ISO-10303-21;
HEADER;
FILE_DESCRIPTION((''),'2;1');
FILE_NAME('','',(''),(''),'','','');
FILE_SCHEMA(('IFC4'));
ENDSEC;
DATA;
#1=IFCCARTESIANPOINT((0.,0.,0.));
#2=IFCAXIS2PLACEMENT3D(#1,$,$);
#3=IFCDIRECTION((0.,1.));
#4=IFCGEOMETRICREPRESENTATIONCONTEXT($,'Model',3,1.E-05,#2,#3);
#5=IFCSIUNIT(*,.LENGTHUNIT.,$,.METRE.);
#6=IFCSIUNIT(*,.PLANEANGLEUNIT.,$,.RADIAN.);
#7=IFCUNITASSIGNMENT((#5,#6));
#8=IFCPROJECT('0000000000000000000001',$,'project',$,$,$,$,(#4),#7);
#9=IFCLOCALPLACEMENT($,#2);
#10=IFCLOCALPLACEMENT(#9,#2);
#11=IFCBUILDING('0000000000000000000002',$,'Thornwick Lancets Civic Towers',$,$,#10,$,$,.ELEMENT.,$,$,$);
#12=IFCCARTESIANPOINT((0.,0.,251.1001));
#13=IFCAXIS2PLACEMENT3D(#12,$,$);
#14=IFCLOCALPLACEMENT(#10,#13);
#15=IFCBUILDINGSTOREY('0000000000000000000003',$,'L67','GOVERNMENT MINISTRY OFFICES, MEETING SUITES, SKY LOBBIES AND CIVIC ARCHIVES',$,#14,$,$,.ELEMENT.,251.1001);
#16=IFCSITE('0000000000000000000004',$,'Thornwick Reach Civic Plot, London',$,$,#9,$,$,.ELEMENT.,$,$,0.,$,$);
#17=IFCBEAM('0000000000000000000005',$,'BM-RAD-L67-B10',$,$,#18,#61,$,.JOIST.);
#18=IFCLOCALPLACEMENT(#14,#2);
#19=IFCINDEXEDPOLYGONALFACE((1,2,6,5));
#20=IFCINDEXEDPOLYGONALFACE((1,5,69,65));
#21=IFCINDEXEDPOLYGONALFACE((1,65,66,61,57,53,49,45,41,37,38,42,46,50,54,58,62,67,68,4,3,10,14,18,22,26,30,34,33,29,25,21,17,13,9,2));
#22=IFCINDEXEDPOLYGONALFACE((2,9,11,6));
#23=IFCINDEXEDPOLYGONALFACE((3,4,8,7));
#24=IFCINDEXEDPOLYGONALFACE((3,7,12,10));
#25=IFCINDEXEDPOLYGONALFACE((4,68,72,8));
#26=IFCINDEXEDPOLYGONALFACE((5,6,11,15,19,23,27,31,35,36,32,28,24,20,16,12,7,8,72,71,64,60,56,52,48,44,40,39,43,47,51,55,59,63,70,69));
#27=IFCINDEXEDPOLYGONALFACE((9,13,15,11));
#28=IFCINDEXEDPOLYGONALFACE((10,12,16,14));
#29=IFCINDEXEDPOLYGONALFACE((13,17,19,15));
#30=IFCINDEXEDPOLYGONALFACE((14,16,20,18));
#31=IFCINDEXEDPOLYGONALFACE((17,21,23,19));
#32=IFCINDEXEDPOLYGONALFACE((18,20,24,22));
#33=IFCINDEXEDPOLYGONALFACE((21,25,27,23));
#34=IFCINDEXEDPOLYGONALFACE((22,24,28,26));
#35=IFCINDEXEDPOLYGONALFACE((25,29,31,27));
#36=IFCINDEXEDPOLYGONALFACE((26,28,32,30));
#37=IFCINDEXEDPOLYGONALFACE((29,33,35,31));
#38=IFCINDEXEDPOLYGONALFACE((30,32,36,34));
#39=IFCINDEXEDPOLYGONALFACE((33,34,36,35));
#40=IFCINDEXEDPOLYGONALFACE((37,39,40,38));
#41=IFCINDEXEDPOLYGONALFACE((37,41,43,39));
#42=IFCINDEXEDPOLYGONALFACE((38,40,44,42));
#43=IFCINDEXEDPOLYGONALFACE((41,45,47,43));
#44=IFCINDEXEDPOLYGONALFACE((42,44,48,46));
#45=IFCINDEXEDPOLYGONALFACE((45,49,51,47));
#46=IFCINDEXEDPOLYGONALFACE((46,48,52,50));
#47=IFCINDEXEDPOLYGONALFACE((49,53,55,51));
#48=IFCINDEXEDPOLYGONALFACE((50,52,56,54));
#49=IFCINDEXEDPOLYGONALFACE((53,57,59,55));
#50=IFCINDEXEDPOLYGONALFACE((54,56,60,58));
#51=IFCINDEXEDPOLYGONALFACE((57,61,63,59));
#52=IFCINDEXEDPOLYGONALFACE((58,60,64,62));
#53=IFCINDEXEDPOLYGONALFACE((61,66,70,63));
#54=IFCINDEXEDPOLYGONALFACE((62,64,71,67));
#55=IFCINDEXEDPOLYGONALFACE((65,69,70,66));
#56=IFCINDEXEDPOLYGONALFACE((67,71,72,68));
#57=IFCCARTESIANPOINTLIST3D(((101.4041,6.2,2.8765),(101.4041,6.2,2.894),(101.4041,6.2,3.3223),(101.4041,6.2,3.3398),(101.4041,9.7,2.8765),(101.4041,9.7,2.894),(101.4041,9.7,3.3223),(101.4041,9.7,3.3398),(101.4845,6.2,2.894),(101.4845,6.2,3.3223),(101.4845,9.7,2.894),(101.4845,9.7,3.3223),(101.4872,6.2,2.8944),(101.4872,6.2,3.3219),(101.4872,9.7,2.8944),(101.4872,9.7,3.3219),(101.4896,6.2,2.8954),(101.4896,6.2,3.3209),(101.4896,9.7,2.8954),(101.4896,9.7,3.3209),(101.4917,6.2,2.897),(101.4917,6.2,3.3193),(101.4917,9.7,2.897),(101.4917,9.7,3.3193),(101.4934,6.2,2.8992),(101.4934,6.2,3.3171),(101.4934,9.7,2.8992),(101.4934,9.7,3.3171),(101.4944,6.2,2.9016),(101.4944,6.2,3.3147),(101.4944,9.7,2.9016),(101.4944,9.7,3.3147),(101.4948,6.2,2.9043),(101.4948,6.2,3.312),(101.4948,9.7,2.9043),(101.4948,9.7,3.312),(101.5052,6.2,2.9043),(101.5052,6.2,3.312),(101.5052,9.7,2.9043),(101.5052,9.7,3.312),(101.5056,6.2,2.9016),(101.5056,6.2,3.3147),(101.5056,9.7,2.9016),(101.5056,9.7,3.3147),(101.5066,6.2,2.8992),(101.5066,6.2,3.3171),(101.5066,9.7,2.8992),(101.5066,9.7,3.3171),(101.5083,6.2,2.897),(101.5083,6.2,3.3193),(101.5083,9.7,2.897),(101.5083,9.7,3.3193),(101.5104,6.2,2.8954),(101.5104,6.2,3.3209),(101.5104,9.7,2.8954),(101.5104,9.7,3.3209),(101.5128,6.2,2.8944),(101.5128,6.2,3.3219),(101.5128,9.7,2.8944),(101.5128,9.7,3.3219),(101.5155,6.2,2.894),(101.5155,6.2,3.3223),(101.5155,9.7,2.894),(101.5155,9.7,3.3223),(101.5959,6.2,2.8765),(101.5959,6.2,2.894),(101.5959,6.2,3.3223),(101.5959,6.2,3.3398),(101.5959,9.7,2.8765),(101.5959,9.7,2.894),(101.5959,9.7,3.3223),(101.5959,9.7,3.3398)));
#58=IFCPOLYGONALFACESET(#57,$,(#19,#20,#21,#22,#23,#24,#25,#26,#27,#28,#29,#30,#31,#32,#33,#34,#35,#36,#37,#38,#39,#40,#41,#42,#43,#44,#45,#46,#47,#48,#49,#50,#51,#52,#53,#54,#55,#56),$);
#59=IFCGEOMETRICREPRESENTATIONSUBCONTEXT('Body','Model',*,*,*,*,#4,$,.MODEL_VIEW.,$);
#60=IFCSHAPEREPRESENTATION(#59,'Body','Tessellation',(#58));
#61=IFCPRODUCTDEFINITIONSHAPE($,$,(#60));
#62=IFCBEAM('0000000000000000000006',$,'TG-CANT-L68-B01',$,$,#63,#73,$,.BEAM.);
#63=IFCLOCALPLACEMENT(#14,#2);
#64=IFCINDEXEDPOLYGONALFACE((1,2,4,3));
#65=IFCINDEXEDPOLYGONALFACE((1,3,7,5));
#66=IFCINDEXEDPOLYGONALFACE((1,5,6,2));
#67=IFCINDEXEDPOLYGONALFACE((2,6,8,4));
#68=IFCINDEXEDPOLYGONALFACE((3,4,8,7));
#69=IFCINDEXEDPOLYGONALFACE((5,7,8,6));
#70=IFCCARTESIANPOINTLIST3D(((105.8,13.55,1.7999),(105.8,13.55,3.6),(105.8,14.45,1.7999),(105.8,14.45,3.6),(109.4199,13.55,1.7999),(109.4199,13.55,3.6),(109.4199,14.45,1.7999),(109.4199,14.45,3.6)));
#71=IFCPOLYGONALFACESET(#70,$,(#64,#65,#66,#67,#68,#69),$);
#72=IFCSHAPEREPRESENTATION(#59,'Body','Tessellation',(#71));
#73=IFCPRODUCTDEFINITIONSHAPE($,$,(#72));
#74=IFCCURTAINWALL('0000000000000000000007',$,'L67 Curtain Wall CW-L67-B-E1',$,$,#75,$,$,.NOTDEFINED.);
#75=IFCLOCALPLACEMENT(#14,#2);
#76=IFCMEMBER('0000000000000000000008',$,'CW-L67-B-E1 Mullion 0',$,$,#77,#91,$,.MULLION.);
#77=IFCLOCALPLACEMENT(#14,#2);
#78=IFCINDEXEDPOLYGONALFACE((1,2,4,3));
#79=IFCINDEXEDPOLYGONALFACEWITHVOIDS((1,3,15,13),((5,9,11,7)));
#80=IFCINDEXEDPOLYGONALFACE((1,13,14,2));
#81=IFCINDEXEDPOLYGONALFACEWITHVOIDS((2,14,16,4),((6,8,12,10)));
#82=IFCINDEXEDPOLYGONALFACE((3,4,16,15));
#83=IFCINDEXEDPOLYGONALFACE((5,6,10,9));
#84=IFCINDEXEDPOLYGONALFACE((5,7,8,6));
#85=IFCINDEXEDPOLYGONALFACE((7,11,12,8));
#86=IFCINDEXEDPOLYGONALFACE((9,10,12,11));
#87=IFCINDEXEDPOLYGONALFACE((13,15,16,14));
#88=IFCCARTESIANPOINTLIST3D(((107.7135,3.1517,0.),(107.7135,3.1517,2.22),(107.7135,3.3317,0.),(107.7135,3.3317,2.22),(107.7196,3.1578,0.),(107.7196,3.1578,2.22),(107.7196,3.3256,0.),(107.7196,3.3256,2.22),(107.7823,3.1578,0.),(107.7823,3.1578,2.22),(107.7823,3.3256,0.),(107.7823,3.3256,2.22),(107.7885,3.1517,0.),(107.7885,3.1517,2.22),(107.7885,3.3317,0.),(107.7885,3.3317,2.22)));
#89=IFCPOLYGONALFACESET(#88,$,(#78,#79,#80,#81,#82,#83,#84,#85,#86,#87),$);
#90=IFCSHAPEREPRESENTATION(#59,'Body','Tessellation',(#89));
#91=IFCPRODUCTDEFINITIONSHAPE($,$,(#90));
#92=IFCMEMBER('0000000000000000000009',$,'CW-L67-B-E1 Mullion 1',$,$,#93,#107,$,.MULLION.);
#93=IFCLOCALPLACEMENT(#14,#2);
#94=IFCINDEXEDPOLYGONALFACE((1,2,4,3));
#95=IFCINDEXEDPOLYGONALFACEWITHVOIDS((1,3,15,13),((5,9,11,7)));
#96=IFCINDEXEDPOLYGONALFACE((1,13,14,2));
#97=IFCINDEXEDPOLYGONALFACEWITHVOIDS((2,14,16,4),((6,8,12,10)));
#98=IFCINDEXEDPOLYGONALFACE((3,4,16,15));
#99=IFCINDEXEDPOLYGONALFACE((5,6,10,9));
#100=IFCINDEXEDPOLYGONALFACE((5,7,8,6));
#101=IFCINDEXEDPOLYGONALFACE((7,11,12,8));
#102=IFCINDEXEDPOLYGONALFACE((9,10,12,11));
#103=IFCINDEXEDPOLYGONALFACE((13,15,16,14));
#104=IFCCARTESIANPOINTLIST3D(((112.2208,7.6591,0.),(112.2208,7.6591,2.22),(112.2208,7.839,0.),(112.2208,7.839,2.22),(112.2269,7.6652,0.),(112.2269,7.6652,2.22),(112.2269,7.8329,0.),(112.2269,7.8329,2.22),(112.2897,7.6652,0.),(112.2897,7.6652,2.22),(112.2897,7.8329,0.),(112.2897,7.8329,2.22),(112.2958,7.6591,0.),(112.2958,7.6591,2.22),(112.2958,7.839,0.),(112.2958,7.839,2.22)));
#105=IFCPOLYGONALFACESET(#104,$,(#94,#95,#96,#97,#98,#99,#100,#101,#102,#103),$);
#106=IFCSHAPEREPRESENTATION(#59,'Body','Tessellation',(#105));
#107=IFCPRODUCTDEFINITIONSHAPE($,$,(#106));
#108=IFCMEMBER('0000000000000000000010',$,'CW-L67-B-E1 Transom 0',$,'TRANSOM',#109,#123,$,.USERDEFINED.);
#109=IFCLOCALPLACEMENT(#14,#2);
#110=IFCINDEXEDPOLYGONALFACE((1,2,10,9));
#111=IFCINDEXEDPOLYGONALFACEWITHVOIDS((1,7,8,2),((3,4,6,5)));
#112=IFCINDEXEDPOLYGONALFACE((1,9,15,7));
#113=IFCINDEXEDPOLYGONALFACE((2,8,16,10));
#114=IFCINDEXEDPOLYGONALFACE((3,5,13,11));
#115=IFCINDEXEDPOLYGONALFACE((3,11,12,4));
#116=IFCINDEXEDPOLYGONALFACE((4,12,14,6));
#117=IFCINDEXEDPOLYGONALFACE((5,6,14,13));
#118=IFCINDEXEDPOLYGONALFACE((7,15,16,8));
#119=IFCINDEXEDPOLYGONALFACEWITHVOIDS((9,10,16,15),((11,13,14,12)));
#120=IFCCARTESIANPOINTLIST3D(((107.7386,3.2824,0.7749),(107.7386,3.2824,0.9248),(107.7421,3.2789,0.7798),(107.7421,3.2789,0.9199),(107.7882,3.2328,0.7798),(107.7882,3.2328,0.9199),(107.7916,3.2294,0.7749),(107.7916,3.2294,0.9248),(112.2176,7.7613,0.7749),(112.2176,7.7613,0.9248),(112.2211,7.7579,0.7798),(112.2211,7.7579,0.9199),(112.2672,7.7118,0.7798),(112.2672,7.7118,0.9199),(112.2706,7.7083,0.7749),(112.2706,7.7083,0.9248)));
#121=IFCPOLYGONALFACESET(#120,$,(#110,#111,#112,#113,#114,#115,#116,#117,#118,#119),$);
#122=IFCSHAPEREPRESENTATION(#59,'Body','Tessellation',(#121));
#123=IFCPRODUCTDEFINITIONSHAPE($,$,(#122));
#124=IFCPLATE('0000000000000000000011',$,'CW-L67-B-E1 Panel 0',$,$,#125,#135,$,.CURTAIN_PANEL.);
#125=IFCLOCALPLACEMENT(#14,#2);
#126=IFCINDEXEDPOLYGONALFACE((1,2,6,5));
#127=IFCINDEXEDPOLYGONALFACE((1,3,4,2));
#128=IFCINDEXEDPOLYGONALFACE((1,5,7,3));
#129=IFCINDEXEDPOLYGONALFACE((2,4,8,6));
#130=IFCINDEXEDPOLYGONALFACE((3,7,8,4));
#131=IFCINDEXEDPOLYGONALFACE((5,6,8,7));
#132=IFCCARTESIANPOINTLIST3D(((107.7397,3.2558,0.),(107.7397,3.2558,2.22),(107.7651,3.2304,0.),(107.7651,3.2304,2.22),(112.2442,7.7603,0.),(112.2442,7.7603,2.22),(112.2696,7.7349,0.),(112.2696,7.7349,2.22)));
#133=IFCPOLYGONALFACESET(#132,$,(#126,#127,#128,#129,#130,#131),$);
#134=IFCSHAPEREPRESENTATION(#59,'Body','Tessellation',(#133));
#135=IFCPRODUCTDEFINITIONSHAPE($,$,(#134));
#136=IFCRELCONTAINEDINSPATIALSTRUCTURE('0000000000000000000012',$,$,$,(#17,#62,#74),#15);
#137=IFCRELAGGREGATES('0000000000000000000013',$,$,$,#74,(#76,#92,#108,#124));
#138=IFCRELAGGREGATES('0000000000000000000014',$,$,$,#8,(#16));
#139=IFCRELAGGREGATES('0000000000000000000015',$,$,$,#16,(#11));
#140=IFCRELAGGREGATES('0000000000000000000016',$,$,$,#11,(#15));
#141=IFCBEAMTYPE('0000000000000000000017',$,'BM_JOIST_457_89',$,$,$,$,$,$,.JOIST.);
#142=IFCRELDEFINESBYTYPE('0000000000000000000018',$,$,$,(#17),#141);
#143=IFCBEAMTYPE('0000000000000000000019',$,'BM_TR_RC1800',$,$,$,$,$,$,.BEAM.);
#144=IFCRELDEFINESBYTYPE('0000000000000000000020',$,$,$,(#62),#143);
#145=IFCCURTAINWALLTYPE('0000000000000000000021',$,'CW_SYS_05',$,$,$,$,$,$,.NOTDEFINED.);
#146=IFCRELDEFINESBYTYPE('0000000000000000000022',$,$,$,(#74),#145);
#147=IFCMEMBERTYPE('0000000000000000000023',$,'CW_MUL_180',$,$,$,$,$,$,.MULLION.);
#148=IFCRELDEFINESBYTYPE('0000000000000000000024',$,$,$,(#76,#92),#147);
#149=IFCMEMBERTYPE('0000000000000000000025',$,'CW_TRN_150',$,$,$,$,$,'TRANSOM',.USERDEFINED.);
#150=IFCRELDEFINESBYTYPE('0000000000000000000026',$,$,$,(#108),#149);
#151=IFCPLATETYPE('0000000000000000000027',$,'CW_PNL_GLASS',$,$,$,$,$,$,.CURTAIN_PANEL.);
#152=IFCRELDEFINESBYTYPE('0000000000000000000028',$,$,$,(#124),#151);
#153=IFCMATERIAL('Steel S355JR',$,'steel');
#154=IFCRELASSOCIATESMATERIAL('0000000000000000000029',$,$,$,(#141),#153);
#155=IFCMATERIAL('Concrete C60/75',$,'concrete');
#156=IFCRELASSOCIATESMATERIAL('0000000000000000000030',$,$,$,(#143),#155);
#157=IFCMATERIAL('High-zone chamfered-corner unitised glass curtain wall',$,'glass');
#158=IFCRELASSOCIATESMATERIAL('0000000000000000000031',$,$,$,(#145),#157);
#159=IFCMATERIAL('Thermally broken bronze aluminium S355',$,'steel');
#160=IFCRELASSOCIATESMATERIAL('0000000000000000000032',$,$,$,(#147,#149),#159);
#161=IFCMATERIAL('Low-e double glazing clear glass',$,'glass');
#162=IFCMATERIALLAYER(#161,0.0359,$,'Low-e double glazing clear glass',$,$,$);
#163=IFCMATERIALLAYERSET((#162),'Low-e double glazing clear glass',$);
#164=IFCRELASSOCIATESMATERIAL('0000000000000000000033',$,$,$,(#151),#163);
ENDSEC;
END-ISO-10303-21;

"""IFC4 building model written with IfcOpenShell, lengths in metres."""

from ifc_helpers import new_model, si_unit, direction, frame, origin, origin_2d, place, context, subcontext, project, spatial, rectangle, hollow_rectangle, i_section, extrude, material, layer, layer_set, material_profile, profile_set, type_object, element, aggregate, save


model = new_model("IFC4")

# Units and contexts
model_context = context("Model", 3, precision=1e-05, world=origin(), true_north=direction((0.0, 1.0)))
body_context = subcontext(model_context, "Body", "Model", "MODEL_VIEW")
ifc_project = project(units=[si_unit("LENGTHUNIT", "METRE"), si_unit("PLANEANGLEUNIT", "RADIAN")], contexts=[model_context])

# Site, building, storey
site_placement = place(None, origin())
site = spatial("IfcSite", under=ifc_project, at=site_placement, Name="Thornwick Reach Civic Plot, London", CompositionType="ELEMENT", RefElevation=0.0)
building_placement = place(site_placement, origin())
building = spatial("IfcBuilding", under=site, at=building_placement, Name="Thornwick Lancets Civic Towers", CompositionType="ELEMENT")
storey_placement = place(building_placement, frame((0.0, 0.0, 251.1001)))
storey = spatial("IfcBuildingStorey", under=building, at=storey_placement, Name="L67", Description="GOVERNMENT MINISTRY OFFICES, MEETING SUITES, SKY LOBBIES AND CIVIC ARCHIVES", CompositionType="ELEMENT", Elevation=251.1001)

# Shared definitions
ifc_material_1 = material(Name="Steel S355JR", Category="steel")

# Beams
ifc_material_profile_1 = material_profile(ifc_material_1, i_section(OverallWidth=0.1919, OverallDepth=0.4634, WebThickness=0.0105, FlangeThickness=0.0176, FilletRadius=0.0103, at=origin_2d()), Name="UKB 457x191x89")
ifc_profile_set_1 = profile_set([ifc_material_profile_1], Name="Steel S355JR")
beam_type_1 = type_object("IfcBeamType", Name="BM_JOIST_457_89", PredefinedType="JOIST", material=ifc_profile_set_1)
beam_1_placement = place(storey_placement, frame((101.5, 9.7, 3.1082), z_axis=(0.0, -1.0, 0.0), x_axis=(1.0, 0.0, 0.0)))
element("IfcBeam", 1, at=beam_1_placement, inside=storey, type_object=beam_type_1, Name="BM-RAD-L67-B10", PredefinedType="JOIST", context=body_context, shape_type="SweptSolid", body=[
    extrude(i_section(OverallWidth=0.1919, OverallDepth=0.4634, WebThickness=0.0105, FlangeThickness=0.0176, FilletRadius=0.0103, at=origin_2d()), origin(), (0.0, 0.0, 1.0), 3.5),
])
ifc_material_2 = material(Name="Concrete C60/75", Category="concrete")
ifc_material_profile_2 = material_profile(ifc_material_2, rectangle(XDim=0.8999, YDim=1.8, at=origin_2d()), Name="RC 900x1800")
ifc_profile_set_2 = profile_set([ifc_material_profile_2], Name="Concrete C60/75")
beam_type_2 = type_object("IfcBeamType", Name="BM_TR_RC1800", PredefinedType="BEAM", material=ifc_profile_set_2)
beam_2_placement = place(storey_placement, frame((105.8, 14.0, 2.7), z_axis=(1.0, 0.0, 0.0), x_axis=(0.0, 1.0, 0.0)))
element("IfcBeam", 2, at=beam_2_placement, inside=storey, type_object=beam_type_2, Name="TG-CANT-L68-B01", PredefinedType="BEAM", context=body_context, shape_type="SweptSolid", body=[
    extrude(rectangle(XDim=0.8999, YDim=1.8, at=origin_2d()), origin(), (0.0, 0.0, 1.0), 3.6199),
])

# Curtain wall, members, plate
ifc_material_3 = material(Name="High-zone chamfered-corner unitised glass curtain wall", Category="glass")
curtain_wall_type = type_object("IfcCurtainWallType", Name="CW_SYS_05", PredefinedType="NOTDEFINED", material=ifc_material_3)
curtain_wall_placement = place(storey_placement, origin())
curtain_wall = element("IfcCurtainWall", 3, at=curtain_wall_placement, inside=storey, type_object=curtain_wall_type, Name="L67 Curtain Wall CW-L67-B-E1", PredefinedType="NOTDEFINED")
ifc_material_4 = material(Name="Thermally broken bronze aluminium S355", Category="steel")
ifc_material_profile_3 = material_profile(ifc_material_4, hollow_rectangle(XDim=0.075, YDim=0.1799, WallThickness=0.0061, at=origin_2d()), Name="RHS 180x75x6")
ifc_profile_set_3 = profile_set([ifc_material_profile_3], Name="Thermally broken bronze aluminium S355")
member_type_1 = type_object("IfcMemberType", Name="CW_MUL_180", PredefinedType="MULLION", material=ifc_profile_set_3)
member_1_placement = place(storey_placement, frame((107.751, 3.2417, 0.0), z_axis=(0.0, 0.0, 1.0), x_axis=(1.0, 0.0, 0.0)))
member_1 = element("IfcMember", 4, at=member_1_placement, type_object=member_type_1, Name="CW-L67-B-E1 Mullion 0", PredefinedType="MULLION", context=body_context, shape_type="SweptSolid", body=[
    extrude(hollow_rectangle(XDim=0.075, YDim=0.1799, WallThickness=0.0061, at=origin_2d()), origin(), (0.0, 0.0, 1.0), 2.22),
])
member_2_placement = place(storey_placement, frame((112.2583, 7.749, 0.0), z_axis=(0.0, 0.0, 1.0), x_axis=(1.0, 0.0, 0.0)))
member_2 = element("IfcMember", 5, at=member_2_placement, type_object=member_type_1, Name="CW-L67-B-E1 Mullion 1", PredefinedType="MULLION", context=body_context, shape_type="SweptSolid", body=[
    extrude(hollow_rectangle(XDim=0.075, YDim=0.1799, WallThickness=0.0061, at=origin_2d()), origin(), (0.0, 0.0, 1.0), 2.22),
])
ifc_material_profile_4 = material_profile(ifc_material_4, hollow_rectangle(XDim=0.075, YDim=0.1499, WallThickness=0.0049, at=origin_2d()), Name="RHS 150x75x5")
ifc_profile_set_4 = profile_set([ifc_material_profile_4], Name="Thermally broken bronze aluminium S355")
member_type_2 = type_object("IfcMemberType", Name="CW_TRN_150", ElementType="TRANSOM", PredefinedType="USERDEFINED", material=ifc_profile_set_4)
member_3_placement = place(storey_placement, frame((107.7651, 3.2559, 0.8499), z_axis=(0.707107, 0.707107, 0.0), x_axis=(-0.707107, 0.707107, 0.0)))
member_3 = element("IfcMember", 6, at=member_3_placement, type_object=member_type_2, Name="CW-L67-B-E1 Transom 0", ObjectType="TRANSOM", PredefinedType="USERDEFINED", context=body_context, shape_type="SweptSolid", body=[
    extrude(hollow_rectangle(XDim=0.075, YDim=0.1499, WallThickness=0.0049, at=origin_2d()), origin(), (0.0, 0.0, 1.0), 6.3342),
])
ifc_material_5 = material(Name="Low-e double glazing clear glass", Category="glass")
ifc_layer_1 = layer(ifc_material_5, 0.0359, Name="Low-e double glazing clear glass")
ifc_layer_set_1 = layer_set([ifc_layer_1], Name="Low-e double glazing clear glass")
plate_type = type_object("IfcPlateType", Name="CW_PNL_GLASS", PredefinedType="CURTAIN_PANEL", material=ifc_layer_set_1)
plate_placement = place(storey_placement, frame((110.0046, 5.4954, 0.0), z_axis=(0.0, 0.0, 1.0), x_axis=(0.707107, 0.707107, 0.0)))
plate = element("IfcPlate", 7, at=plate_placement, type_object=plate_type, Name="CW-L67-B-E1 Panel 0", PredefinedType="CURTAIN_PANEL", context=body_context, shape_type="SweptSolid", body=[
    extrude(rectangle(XDim=6.3704, YDim=0.0359, at=origin_2d()), origin(), (0.0, 0.0, 1.0), 2.22),
])
aggregate(curtain_wall, [member_1, member_2, member_3, plate])

save(model, "model.ifc")
